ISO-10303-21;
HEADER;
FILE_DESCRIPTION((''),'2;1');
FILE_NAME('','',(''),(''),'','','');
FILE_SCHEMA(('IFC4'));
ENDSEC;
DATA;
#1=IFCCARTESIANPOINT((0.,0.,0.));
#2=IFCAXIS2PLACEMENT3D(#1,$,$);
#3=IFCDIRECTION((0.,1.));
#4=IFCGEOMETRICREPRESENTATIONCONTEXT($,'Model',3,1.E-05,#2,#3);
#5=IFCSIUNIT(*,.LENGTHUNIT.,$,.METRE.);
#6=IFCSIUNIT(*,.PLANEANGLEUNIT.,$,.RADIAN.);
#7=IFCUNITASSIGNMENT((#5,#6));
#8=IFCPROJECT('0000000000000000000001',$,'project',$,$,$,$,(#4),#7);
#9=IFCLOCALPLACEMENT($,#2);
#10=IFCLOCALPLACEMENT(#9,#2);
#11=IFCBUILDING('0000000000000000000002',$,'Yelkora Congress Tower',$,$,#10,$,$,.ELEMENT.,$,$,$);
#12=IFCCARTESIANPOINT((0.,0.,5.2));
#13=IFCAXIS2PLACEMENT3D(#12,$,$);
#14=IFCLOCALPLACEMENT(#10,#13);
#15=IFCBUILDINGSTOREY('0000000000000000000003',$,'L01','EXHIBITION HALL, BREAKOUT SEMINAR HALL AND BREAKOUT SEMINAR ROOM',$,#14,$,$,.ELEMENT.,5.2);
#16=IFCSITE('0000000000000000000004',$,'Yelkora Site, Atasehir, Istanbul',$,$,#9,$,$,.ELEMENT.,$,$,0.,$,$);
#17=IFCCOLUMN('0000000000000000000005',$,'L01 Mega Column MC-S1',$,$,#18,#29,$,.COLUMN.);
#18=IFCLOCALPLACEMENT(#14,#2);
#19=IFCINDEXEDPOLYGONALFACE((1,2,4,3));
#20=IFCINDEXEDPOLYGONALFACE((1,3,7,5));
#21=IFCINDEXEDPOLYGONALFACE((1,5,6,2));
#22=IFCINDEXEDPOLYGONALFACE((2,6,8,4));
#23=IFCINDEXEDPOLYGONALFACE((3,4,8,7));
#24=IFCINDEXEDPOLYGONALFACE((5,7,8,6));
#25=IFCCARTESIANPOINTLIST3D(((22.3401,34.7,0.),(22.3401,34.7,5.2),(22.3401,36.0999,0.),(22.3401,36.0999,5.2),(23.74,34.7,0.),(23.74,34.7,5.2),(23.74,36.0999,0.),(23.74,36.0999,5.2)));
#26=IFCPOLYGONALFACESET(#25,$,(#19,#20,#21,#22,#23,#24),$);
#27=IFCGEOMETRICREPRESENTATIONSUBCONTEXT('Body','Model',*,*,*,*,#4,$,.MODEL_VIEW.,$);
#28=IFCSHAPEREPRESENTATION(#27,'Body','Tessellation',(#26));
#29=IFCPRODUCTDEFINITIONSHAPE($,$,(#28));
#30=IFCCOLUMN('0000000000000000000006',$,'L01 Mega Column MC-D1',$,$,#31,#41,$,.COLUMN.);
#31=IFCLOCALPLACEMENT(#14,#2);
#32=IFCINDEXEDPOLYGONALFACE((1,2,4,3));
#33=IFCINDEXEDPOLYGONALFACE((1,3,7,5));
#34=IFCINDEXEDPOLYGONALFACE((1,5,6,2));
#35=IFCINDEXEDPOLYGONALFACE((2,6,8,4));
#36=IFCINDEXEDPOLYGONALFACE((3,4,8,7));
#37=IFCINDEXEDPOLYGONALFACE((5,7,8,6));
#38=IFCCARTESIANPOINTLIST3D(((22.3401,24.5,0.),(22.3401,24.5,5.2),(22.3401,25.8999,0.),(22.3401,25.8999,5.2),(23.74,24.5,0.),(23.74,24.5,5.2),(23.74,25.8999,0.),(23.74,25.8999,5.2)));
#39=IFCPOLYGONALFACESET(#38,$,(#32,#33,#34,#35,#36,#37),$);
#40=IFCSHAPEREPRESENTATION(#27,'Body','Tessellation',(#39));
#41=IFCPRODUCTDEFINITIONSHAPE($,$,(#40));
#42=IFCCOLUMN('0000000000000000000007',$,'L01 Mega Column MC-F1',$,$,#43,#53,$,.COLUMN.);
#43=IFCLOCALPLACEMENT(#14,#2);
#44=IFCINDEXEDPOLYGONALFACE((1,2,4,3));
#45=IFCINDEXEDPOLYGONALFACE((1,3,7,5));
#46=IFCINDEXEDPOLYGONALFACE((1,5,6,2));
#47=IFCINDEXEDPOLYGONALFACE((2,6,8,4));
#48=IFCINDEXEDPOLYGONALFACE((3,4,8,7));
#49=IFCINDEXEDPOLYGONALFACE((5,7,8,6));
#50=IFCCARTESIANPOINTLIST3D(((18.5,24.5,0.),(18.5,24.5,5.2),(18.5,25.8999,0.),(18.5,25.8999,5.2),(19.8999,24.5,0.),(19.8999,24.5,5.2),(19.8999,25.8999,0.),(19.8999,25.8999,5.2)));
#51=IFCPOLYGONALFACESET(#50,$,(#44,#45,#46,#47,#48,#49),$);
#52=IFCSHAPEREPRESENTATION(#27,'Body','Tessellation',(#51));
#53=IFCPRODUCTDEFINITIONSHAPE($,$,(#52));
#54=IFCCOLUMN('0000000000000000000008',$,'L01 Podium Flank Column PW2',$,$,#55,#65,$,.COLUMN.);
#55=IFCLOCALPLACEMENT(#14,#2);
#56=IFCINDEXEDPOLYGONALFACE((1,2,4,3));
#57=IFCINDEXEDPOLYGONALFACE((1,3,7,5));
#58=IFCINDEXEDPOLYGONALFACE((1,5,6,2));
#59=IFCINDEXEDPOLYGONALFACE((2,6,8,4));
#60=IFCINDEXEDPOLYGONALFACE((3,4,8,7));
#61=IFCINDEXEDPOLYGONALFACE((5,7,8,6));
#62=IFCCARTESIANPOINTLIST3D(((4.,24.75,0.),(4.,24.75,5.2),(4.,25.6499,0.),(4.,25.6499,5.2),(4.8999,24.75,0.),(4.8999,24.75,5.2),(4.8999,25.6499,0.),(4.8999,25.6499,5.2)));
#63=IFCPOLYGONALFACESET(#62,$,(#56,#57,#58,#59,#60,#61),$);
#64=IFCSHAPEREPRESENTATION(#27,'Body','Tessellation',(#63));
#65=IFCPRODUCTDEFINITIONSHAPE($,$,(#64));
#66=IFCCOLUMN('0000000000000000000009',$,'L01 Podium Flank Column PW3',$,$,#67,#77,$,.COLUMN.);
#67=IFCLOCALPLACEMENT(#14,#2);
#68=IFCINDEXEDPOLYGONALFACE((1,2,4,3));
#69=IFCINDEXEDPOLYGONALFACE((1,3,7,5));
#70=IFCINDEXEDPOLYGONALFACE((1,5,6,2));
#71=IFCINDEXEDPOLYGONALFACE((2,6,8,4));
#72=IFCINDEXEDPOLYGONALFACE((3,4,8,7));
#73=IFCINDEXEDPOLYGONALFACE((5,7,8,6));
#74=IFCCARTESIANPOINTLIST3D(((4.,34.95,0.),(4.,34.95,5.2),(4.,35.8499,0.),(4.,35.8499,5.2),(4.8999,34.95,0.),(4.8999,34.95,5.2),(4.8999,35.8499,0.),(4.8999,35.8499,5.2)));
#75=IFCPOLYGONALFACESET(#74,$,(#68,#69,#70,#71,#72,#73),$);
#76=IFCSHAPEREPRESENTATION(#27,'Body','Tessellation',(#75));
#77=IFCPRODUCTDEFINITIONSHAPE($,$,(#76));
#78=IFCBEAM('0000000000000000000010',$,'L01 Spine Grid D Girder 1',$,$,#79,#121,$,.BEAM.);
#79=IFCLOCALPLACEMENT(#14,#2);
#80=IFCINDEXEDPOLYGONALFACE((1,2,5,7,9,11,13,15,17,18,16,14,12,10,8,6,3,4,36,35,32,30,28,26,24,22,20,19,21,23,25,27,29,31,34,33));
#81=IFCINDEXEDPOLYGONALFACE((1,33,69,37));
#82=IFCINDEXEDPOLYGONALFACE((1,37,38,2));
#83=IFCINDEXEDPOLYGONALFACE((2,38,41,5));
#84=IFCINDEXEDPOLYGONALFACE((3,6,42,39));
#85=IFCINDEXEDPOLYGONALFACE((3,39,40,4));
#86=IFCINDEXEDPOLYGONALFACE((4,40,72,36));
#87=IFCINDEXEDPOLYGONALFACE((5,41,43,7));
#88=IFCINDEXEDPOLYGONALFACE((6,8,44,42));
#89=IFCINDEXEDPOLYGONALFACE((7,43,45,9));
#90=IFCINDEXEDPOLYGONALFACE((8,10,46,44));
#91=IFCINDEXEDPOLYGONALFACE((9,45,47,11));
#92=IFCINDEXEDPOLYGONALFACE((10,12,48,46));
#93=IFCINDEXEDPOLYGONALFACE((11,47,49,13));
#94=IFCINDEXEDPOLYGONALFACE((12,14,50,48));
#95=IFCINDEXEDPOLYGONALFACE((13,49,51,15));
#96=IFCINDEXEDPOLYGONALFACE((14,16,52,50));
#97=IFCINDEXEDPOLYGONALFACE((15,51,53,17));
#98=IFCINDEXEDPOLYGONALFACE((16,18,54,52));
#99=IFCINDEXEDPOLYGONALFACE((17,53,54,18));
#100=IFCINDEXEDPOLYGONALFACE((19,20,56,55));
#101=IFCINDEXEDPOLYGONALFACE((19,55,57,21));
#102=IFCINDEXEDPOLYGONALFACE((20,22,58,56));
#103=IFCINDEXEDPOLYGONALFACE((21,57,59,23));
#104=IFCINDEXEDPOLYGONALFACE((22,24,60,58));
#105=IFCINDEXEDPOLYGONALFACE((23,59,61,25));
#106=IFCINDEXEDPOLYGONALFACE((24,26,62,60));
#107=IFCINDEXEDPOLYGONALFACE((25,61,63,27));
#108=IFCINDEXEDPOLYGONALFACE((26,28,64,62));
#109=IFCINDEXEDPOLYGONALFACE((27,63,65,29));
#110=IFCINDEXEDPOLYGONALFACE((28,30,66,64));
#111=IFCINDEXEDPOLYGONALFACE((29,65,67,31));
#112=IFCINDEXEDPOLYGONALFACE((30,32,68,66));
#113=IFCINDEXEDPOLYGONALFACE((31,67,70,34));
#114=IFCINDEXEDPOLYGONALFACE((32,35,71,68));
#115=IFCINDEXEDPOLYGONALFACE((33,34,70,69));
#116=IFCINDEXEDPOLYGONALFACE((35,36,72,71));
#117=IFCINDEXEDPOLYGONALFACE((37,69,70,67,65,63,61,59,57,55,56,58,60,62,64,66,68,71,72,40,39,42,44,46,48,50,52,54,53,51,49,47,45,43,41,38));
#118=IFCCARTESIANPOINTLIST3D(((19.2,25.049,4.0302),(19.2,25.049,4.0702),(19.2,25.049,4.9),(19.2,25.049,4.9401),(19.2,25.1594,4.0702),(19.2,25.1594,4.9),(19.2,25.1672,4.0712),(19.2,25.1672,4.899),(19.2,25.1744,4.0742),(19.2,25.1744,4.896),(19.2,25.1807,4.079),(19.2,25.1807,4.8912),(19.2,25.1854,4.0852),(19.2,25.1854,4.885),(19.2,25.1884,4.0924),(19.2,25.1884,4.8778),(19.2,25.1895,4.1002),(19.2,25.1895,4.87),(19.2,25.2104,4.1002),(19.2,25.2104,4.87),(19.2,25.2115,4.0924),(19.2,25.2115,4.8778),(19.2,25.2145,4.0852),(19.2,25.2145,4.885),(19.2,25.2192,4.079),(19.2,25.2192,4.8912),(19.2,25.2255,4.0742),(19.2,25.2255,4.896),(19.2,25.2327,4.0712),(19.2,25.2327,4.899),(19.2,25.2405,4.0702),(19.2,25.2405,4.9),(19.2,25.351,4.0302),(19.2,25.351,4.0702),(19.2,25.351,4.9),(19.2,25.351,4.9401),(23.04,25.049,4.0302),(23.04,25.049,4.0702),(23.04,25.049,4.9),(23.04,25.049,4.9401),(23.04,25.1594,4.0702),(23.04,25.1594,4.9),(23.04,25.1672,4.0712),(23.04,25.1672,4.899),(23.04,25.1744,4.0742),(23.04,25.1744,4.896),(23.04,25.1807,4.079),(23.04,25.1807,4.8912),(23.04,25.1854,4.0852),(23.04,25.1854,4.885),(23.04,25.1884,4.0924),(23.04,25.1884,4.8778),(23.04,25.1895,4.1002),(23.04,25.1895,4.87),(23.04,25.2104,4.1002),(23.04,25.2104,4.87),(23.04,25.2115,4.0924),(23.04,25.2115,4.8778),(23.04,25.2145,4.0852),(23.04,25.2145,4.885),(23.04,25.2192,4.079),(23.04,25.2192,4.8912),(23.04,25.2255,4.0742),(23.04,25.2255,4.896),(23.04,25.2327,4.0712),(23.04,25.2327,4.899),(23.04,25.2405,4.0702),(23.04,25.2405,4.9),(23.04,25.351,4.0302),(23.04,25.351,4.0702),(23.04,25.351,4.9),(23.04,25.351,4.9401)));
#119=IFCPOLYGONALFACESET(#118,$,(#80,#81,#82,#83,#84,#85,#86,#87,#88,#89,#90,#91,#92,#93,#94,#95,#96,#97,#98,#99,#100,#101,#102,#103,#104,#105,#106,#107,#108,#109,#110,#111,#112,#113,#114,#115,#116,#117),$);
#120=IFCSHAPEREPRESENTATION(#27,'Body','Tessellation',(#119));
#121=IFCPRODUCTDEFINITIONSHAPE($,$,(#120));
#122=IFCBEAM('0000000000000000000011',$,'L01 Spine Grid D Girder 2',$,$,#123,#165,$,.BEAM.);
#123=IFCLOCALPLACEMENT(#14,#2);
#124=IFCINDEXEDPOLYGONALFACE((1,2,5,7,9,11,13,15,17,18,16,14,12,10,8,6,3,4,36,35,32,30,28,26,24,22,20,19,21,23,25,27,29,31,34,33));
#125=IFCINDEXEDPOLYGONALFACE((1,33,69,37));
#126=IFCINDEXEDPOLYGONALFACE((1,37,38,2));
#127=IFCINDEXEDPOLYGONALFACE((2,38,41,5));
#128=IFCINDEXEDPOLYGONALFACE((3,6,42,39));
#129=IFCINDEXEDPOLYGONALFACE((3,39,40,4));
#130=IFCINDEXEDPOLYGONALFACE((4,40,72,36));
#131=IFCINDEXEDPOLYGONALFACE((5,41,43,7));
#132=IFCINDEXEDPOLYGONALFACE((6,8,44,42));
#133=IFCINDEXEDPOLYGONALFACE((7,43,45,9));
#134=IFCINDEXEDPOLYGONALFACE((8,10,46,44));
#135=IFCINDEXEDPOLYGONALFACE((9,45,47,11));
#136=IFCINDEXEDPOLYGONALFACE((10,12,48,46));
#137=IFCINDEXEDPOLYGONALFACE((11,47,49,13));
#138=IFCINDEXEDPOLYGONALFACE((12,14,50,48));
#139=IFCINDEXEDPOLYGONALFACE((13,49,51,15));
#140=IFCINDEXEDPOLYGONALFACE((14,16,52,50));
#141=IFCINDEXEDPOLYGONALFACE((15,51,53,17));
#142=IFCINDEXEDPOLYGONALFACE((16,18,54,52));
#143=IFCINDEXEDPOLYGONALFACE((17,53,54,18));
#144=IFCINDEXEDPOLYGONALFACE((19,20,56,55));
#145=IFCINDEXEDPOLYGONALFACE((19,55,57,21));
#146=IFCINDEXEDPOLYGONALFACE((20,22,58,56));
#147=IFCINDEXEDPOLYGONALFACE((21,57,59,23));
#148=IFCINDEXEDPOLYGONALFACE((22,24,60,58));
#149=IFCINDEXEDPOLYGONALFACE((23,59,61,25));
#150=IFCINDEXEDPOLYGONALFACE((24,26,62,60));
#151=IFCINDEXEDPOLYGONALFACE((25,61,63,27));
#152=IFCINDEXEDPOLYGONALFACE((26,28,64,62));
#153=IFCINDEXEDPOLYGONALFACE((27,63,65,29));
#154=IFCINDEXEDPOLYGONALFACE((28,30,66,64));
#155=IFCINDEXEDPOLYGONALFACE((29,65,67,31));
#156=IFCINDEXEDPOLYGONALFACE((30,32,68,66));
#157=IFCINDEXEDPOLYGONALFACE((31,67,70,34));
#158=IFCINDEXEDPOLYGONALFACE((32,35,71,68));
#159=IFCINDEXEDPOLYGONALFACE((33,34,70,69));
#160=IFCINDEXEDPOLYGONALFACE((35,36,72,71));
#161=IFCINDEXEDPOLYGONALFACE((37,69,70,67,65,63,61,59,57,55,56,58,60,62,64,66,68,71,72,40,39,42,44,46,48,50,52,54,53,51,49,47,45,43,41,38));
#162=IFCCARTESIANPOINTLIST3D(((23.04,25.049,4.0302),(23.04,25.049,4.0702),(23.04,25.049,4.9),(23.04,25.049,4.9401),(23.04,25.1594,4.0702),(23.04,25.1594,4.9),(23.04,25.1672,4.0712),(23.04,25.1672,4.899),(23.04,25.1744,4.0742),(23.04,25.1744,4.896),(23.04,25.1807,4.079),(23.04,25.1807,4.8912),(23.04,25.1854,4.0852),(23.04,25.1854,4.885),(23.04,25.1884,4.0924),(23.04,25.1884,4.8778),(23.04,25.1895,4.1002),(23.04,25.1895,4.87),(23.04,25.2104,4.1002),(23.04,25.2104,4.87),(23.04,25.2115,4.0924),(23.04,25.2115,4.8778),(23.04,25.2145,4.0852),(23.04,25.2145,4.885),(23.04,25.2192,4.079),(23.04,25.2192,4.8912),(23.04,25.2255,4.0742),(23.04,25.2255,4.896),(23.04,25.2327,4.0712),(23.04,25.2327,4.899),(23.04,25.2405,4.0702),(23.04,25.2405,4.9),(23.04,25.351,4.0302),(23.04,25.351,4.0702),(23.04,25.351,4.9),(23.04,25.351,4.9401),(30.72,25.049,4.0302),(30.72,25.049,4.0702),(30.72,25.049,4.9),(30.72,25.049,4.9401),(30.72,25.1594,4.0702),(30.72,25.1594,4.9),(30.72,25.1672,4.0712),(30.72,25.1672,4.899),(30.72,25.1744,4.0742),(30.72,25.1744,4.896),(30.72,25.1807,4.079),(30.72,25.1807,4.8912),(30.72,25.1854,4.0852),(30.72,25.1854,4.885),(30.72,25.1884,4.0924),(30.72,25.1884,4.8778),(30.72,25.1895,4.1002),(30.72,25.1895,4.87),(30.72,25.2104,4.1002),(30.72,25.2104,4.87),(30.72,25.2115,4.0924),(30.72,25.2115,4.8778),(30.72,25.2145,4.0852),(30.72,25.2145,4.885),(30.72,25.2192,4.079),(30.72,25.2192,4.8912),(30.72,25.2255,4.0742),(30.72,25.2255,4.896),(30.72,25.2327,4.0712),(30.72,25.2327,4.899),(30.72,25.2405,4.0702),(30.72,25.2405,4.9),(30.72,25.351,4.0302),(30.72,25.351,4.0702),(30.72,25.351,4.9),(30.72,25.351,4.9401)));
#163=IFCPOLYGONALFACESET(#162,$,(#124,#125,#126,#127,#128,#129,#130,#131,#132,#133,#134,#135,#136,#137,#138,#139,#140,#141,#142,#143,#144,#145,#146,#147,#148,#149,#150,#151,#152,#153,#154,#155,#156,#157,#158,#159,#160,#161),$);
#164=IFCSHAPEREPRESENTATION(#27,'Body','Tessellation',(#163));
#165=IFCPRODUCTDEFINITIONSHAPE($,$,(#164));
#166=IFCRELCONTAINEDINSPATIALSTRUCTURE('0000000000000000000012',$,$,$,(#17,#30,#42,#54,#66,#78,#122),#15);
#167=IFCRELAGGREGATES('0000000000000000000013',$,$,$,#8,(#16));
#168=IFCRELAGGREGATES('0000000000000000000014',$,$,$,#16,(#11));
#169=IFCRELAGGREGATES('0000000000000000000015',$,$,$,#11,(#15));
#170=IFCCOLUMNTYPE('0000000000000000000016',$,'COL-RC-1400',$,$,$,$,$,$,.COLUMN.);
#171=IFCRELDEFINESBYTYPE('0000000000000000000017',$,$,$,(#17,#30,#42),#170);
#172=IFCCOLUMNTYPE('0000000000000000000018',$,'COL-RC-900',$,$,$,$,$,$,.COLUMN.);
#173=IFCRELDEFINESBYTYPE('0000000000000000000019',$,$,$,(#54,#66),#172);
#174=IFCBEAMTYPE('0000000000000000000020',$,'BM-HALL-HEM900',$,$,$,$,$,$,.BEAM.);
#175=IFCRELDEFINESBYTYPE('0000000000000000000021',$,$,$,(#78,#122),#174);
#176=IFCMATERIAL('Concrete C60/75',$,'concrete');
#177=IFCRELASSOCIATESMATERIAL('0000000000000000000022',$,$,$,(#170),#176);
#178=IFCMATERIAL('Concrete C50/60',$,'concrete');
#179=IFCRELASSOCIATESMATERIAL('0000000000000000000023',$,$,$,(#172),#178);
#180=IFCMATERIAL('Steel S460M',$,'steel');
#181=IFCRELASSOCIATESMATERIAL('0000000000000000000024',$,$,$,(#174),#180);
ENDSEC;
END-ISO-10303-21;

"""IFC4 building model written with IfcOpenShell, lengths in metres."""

from ifc_helpers import new_model, si_unit, direction, frame, origin, origin_2d, place, context, subcontext, project, spatial, rectangle, i_section, extrude, material, material_profile, profile_set, type_object, element, save


model = new_model("IFC4")

# Units and contexts
model_context = context("Model", 3, precision=1e-05, world=origin(), true_north=direction((0.0, 1.0)))
body_context = subcontext(model_context, "Body", "Model", "MODEL_VIEW")
ifc_project = project(units=[si_unit("LENGTHUNIT", "METRE"), si_unit("PLANEANGLEUNIT", "RADIAN")], contexts=[model_context])

# Site, building, storey
site_placement = place(None, origin())
site = spatial("IfcSite", under=ifc_project, at=site_placement, Name="Yelkora Site, Atasehir, Istanbul", CompositionType="ELEMENT", RefElevation=0.0)
building_placement = place(site_placement, origin())
building = spatial("IfcBuilding", under=site, at=building_placement, Name="Yelkora Congress Tower", CompositionType="ELEMENT")
storey_placement = place(building_placement, frame((0.0, 0.0, 5.2)))
storey = spatial("IfcBuildingStorey", under=building, at=storey_placement, Name="L01", Description="EXHIBITION HALL, BREAKOUT SEMINAR HALL AND BREAKOUT SEMINAR ROOM", CompositionType="ELEMENT", Elevation=5.2)

# Columns
ifc_material_1 = material(Name="Concrete C60/75", Category="concrete")
ifc_material_profile_1 = material_profile(ifc_material_1, rectangle(XDim=1.3999, YDim=1.3999, at=origin_2d()), Name="RC 1400x1400")
ifc_profile_set_1 = profile_set([ifc_material_profile_1], Name="Concrete C60/75")
column_type_1 = type_object("IfcColumnType", Name="COL-RC-1400", PredefinedType="COLUMN", material=ifc_profile_set_1)
for number, where, z_axis, x_axis, name in (
    (1, (23.04, 35.3999, 0.0), (0.0, 0.0, 1.0), (1.0, 0.0, 0.0), "L01 Mega Column MC-S1"),
    (2, (23.04, 25.2, 0.0), (0.0, 0.0, 1.0), (1.0, 0.0, 0.0), "L01 Mega Column MC-D1"),
    (3, (19.2, 25.2, 0.0), (0.0, 0.0, 1.0), (1.0, 0.0, 0.0), "L01 Mega Column MC-F1"),
):
    element("IfcColumn", number, at=place(storey_placement, frame(where, z_axis=z_axis, x_axis=x_axis)), inside=storey, type_object=column_type_1, Name=name, PredefinedType="COLUMN", context=body_context, shape_type="SweptSolid", body=[
        extrude(rectangle(XDim=1.3999, YDim=1.3999, at=origin_2d()), origin(), (0.0, 0.0, 1.0), 5.2),
    ])
ifc_material_2 = material(Name="Concrete C50/60", Category="concrete")
ifc_material_profile_2 = material_profile(ifc_material_2, rectangle(XDim=0.8999, YDim=0.8999, at=origin_2d()), Name="RC 900x900")
ifc_profile_set_2 = profile_set([ifc_material_profile_2], Name="Concrete C50/60")
column_type_2 = type_object("IfcColumnType", Name="COL-RC-900", PredefinedType="COLUMN", material=ifc_profile_set_2)
for number, where, z_axis, x_axis, name in (
    (4, (4.45, 25.2, 0.0), (0.0, 0.0, 1.0), (1.0, 0.0, 0.0), "L01 Podium Flank Column PW2"),
    (5, (4.45, 35.3999, 0.0), (0.0, 0.0, 1.0), (1.0, 0.0, 0.0), "L01 Podium Flank Column PW3"),
):
    element("IfcColumn", number, at=place(storey_placement, frame(where, z_axis=z_axis, x_axis=x_axis)), inside=storey, type_object=column_type_2, Name=name, PredefinedType="COLUMN", context=body_context, shape_type="SweptSolid", body=[
        extrude(rectangle(XDim=0.8999, YDim=0.8999, at=origin_2d()), origin(), (0.0, 0.0, 1.0), 5.2),
    ])

# Beams
ifc_material_3 = material(Name="Steel S460M", Category="steel")
ifc_material_profile_3 = material_profile(ifc_material_3, i_section(OverallWidth=0.302, OverallDepth=0.9099, WebThickness=0.021, FlangeThickness=0.04, FilletRadius=0.03, at=origin_2d()), Name="HEM 900")
ifc_profile_set_3 = profile_set([ifc_material_profile_3], Name="Steel S460M")
beam_type_1 = type_object("IfcBeamType", Name="BM-HALL-HEM900", PredefinedType="BEAM", material=ifc_profile_set_3)
beam_1_placement = place(storey_placement, frame((19.2, 25.2, 4.4851), z_axis=(1.0, 0.0, 0.0), x_axis=(0.0, 1.0, 0.0)))
element("IfcBeam", 6, at=beam_1_placement, inside=storey, type_object=beam_type_1, Name="L01 Spine Grid D Girder 1", PredefinedType="BEAM", context=body_context, shape_type="SweptSolid", body=[
    extrude(i_section(OverallWidth=0.302, OverallDepth=0.9099, WebThickness=0.021, FlangeThickness=0.04, FilletRadius=0.03, at=origin_2d()), origin(), (0.0, 0.0, 1.0), 3.8401),
])
for number, where, z_axis, x_axis, name in (
    (7, (23.04, 25.2, 4.4851), (1.0, 0.0, 0.0), (0.0, 1.0, 0.0), "L01 Spine Grid D Girder 2"),
):
    element("IfcBeam", number, at=place(storey_placement, frame(where, z_axis=z_axis, x_axis=x_axis)), inside=storey, type_object=beam_type_1, Name=name, PredefinedType="BEAM", context=body_context, shape_type="SweptSolid", body=[
        extrude(i_section(OverallWidth=0.302, OverallDepth=0.9099, WebThickness=0.021, FlangeThickness=0.04, FilletRadius=0.03, at=origin_2d()), origin(), (0.0, 0.0, 1.0), 7.6799),
    ])

save(model, "model.ifc")
